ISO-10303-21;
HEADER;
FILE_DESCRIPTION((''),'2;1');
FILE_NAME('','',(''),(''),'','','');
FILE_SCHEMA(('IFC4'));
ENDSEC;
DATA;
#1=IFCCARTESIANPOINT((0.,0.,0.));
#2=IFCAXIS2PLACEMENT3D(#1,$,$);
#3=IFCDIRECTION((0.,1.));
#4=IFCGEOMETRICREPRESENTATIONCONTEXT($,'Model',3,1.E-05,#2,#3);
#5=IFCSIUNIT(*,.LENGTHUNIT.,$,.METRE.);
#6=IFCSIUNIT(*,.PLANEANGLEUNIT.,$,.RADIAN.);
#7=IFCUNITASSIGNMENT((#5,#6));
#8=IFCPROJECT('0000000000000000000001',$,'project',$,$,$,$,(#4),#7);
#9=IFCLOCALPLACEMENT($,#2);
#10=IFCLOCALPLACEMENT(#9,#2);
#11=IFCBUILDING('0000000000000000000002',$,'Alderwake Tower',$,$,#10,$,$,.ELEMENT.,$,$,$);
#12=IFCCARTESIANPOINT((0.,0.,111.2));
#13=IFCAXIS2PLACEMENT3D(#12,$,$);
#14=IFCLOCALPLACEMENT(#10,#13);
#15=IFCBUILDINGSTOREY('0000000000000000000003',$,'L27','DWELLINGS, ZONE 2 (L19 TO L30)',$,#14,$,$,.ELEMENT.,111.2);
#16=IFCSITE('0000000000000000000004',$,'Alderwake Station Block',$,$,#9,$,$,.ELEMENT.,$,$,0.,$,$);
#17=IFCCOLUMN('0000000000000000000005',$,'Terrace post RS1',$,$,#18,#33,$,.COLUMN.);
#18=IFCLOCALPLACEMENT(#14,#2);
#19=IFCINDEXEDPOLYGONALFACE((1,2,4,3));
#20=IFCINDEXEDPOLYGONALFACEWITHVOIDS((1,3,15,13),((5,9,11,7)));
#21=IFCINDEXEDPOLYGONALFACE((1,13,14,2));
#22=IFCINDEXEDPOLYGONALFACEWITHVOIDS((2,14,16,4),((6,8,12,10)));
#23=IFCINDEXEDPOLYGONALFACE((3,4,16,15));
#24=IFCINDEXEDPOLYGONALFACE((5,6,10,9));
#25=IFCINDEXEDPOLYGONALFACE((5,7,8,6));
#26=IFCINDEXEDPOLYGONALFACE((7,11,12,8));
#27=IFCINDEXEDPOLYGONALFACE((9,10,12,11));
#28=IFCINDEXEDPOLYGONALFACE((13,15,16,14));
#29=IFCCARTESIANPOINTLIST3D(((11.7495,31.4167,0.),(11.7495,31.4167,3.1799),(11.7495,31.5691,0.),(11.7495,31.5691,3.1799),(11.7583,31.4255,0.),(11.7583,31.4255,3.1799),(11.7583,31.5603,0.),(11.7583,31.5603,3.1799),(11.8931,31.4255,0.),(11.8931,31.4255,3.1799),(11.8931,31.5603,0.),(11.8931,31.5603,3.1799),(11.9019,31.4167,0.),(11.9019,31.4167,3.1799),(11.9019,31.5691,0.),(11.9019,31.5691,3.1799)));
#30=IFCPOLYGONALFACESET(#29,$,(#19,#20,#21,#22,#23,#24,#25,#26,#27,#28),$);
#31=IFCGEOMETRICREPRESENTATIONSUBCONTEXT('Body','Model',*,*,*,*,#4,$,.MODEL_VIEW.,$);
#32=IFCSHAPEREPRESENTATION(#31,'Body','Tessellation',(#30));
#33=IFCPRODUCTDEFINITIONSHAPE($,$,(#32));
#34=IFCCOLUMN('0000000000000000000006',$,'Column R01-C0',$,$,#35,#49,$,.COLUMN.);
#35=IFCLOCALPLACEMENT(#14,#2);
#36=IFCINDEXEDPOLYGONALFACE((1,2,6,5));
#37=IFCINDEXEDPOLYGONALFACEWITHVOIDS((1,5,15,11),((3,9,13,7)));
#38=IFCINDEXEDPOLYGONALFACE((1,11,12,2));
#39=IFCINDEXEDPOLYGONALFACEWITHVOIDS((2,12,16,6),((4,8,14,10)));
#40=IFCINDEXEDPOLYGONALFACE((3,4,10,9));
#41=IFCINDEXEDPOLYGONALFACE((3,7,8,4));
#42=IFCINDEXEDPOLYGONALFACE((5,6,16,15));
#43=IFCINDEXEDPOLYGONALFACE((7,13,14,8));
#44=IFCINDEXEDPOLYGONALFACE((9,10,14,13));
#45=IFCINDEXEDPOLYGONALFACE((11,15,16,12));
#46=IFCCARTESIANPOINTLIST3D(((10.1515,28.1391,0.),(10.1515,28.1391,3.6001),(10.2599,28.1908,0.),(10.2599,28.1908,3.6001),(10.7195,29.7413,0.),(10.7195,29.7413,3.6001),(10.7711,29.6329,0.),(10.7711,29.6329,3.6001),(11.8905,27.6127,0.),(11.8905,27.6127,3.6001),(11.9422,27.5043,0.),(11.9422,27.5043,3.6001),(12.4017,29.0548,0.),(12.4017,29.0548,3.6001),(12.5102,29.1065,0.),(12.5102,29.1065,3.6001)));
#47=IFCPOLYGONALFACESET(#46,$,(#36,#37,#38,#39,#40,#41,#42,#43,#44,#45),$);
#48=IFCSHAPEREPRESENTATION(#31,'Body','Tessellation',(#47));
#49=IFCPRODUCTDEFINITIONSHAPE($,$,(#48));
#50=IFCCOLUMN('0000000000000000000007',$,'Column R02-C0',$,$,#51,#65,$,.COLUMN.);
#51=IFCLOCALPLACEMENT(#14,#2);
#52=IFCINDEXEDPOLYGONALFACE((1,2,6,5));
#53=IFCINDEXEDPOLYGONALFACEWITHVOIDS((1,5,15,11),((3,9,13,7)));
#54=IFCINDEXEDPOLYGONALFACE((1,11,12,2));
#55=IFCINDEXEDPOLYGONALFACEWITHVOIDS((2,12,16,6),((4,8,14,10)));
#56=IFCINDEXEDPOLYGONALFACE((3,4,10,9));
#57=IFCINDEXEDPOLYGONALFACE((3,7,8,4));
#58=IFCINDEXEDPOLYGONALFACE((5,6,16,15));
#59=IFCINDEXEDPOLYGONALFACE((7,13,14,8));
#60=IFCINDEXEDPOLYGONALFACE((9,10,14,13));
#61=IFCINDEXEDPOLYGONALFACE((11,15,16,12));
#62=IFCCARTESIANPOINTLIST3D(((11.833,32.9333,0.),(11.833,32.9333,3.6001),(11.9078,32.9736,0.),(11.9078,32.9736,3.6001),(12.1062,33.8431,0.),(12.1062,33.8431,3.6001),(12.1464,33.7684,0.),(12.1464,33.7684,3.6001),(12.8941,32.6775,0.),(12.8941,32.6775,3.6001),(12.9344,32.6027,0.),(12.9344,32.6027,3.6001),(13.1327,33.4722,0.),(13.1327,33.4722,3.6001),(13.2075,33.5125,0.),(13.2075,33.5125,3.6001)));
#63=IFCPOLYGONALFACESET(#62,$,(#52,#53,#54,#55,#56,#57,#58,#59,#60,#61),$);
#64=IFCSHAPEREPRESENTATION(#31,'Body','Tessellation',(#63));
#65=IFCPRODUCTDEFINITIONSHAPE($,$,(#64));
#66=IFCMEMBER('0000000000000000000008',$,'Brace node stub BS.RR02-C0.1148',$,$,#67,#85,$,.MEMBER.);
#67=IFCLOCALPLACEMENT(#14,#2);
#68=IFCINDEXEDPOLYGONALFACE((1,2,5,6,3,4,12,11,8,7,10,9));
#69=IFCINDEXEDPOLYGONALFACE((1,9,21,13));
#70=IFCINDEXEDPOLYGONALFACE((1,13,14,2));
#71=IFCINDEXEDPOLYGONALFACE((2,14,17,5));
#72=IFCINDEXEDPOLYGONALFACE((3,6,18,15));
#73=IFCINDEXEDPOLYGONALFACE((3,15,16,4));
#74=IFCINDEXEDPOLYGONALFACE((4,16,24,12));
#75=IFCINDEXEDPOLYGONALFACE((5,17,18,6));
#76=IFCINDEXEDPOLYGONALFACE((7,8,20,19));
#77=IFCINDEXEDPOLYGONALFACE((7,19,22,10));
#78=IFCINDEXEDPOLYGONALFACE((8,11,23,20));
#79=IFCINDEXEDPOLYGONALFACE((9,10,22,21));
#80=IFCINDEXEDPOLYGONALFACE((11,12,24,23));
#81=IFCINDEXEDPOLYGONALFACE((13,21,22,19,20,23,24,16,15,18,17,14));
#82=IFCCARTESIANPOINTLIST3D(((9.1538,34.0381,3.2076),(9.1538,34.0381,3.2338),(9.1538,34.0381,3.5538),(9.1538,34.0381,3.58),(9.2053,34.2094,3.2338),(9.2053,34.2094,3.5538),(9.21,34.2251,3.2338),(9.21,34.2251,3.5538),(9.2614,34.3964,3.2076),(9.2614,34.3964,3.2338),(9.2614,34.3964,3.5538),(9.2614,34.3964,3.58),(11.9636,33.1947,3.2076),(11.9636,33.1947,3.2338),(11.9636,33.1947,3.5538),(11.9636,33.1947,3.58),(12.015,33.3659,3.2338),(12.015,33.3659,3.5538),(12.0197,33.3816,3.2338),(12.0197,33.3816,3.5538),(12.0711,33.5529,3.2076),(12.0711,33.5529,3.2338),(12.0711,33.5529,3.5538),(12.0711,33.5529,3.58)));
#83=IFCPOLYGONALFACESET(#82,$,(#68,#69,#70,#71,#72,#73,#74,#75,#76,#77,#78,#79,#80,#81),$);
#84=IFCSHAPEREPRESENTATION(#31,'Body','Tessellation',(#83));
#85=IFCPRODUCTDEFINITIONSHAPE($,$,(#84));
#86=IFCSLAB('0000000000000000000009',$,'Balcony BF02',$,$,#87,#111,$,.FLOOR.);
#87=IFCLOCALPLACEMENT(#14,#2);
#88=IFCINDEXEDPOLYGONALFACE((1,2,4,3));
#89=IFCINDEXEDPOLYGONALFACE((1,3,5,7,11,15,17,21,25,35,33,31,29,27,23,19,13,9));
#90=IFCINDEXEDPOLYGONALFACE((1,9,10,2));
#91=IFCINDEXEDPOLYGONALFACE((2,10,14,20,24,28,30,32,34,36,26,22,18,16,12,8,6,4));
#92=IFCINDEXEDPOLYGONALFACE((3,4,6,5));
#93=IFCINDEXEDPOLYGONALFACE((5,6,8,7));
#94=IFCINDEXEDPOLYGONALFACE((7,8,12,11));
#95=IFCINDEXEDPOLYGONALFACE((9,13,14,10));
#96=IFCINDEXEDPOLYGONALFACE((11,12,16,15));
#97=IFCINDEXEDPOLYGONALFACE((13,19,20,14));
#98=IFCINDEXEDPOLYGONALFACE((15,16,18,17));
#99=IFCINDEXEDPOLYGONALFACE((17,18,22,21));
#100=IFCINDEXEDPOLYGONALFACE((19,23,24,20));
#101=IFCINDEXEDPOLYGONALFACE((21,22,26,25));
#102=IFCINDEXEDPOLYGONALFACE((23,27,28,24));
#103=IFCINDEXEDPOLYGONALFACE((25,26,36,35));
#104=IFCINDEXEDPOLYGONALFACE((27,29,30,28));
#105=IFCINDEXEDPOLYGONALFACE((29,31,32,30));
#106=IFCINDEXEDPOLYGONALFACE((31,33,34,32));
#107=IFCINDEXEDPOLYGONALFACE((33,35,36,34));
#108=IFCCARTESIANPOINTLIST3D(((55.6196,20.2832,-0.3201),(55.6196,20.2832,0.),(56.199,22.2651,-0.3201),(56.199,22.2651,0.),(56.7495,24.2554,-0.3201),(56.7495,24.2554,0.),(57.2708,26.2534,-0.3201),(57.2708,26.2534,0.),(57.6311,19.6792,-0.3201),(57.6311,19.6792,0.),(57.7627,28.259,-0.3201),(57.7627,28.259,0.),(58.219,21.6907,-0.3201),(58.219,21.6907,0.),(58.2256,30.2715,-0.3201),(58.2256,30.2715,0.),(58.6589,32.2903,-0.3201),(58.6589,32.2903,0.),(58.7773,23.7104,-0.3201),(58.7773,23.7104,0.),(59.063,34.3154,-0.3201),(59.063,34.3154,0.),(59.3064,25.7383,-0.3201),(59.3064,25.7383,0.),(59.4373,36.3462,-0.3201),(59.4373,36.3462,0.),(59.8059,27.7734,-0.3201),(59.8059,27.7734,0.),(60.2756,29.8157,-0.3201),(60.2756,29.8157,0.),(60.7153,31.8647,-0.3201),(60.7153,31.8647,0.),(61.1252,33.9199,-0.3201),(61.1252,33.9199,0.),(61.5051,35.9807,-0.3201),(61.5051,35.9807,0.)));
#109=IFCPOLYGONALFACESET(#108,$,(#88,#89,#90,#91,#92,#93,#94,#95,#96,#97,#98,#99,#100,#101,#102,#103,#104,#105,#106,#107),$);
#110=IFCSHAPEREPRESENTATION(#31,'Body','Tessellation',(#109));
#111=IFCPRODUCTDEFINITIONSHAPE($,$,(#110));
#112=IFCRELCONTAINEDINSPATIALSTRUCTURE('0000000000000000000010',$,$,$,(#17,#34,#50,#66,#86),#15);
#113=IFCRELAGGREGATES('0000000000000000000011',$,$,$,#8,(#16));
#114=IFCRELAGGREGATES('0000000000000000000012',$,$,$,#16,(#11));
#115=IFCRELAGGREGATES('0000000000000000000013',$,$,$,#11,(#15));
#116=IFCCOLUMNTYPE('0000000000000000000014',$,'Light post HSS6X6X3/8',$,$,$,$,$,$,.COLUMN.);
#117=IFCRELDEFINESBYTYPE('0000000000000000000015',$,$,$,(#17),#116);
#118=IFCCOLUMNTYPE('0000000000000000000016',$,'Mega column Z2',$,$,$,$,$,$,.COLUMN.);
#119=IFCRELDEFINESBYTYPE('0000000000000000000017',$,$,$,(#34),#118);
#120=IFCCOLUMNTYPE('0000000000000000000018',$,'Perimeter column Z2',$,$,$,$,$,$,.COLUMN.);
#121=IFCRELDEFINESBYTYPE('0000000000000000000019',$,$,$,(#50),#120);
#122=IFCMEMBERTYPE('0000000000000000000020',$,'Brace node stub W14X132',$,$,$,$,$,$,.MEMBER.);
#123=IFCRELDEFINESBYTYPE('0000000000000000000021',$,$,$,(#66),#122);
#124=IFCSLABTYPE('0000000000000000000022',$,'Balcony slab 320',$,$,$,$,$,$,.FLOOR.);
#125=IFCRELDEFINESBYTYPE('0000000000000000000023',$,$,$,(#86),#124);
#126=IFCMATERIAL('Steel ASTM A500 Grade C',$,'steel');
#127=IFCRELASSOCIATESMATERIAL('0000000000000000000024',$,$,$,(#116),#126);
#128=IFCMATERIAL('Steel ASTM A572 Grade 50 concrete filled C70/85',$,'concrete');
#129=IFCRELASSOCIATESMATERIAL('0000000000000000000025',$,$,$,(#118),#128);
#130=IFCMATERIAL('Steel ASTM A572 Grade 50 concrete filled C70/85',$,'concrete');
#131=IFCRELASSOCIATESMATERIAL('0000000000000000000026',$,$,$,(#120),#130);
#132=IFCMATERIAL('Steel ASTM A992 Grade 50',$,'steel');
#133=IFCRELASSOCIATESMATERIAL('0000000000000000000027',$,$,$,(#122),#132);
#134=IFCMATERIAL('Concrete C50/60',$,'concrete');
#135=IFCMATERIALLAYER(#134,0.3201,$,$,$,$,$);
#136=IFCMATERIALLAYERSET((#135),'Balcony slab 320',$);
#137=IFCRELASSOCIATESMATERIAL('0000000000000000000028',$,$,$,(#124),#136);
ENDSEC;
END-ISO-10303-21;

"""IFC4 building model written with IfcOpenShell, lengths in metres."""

from ifc_helpers import new_model, si_unit, direction, frame, origin, origin_2d, place, context, subcontext, project, spatial, polyline, hollow_rectangle, i_section, outline, extrude, material, layer, layer_set, material_profile, profile_set, type_object, element, save


model = new_model("IFC4")

# Units and contexts
model_context = context("Model", 3, precision=1e-05, world=origin(), true_north=direction((0.0, 1.0)))
body_context = subcontext(model_context, "Body", "Model", "MODEL_VIEW")
ifc_project = project(units=[si_unit("LENGTHUNIT", "METRE"), si_unit("PLANEANGLEUNIT", "RADIAN")], contexts=[model_context])

# Site, building, storey
site_placement = place(None, origin())
site = spatial("IfcSite", under=ifc_project, at=site_placement, Name="Alderwake Station Block", CompositionType="ELEMENT", RefElevation=0.0)
building_placement = place(site_placement, origin())
building = spatial("IfcBuilding", under=site, at=building_placement, Name="Alderwake Tower", CompositionType="ELEMENT")
storey_placement = place(building_placement, frame((0.0, 0.0, 111.2)))
storey = spatial("IfcBuildingStorey", under=building, at=storey_placement, Name="L27", Description="DWELLINGS, ZONE 2 (L19 TO L30)", CompositionType="ELEMENT", Elevation=111.2)

# Columns
ifc_material_1 = material(Name="Steel ASTM A500 Grade C", Category="steel")
ifc_material_profile_1 = material_profile(ifc_material_1, hollow_rectangle(XDim=0.1523, YDim=0.1523, WallThickness=0.0088, at=origin_2d()), Name="HSS6X6X3/8")
ifc_profile_set_1 = profile_set([ifc_material_profile_1], Name="Steel ASTM A500 Grade C")
column_type_1 = type_object("IfcColumnType", Name="Light post HSS6X6X3/8", PredefinedType="COLUMN", material=ifc_profile_set_1)
column_1_placement = place(storey_placement, frame((11.8257, 31.4929, 0.0), z_axis=(0.0, 0.0, 1.0), x_axis=(1.0, 0.0, 0.0)))
element("IfcColumn", 1, at=column_1_placement, inside=storey, type_object=column_type_1, Name="Terrace post RS1", PredefinedType="COLUMN", context=body_context, shape_type="SweptSolid", body=[
    extrude(hollow_rectangle(XDim=0.1523, YDim=0.1523, WallThickness=0.0088, at=origin_2d()), origin(), (0.0, 0.0, 1.0), 3.1799),
])
ifc_material_2 = material(Name="Steel ASTM A572 Grade 50 concrete filled C70/85", Category="concrete")
ifc_material_profile_2 = material_profile(ifc_material_2, hollow_rectangle(XDim=1.7, YDim=1.8999, WallThickness=0.085, at=origin_2d()), Name="BOX 1900X1700X85")
ifc_profile_set_2 = profile_set([ifc_material_profile_2], Name="Steel ASTM A572 Grade 50 concrete filled C70/85")
column_type_2 = type_object("IfcColumnType", Name="Mega column Z2", PredefinedType="COLUMN", material=ifc_profile_set_2)
column_2_placement = place(storey_placement, frame((11.3308, 28.6228, 0.0), z_axis=(0.0, 0.0, 1.0), x_axis=(0.334131, 0.942527, 0.0)))
element("IfcColumn", 2, at=column_2_placement, inside=storey, type_object=column_type_2, Name="Column R01-C0", PredefinedType="COLUMN", context=body_context, shape_type="SweptSolid", body=[
    extrude(hollow_rectangle(XDim=1.7, YDim=1.8999, WallThickness=0.085, at=origin_2d()), origin(), (0.0, 0.0, 1.0), 3.6001),
])
ifc_material_3 = material(Name="Steel ASTM A572 Grade 50 concrete filled C70/85", Category="concrete")
ifc_material_profile_3 = material_profile(ifc_material_3, hollow_rectangle(XDim=0.95, YDim=1.1499, WallThickness=0.0601, at=origin_2d()), Name="BOX 1150X950X60")
ifc_profile_set_3 = profile_set([ifc_material_profile_3], Name="Steel ASTM A572 Grade 50 concrete filled C70/85")
column_type_3 = type_object("IfcColumnType", Name="Perimeter column Z2", PredefinedType="COLUMN", material=ifc_profile_set_3)
column_3_placement = place(storey_placement, frame((12.5203, 33.2229, 0.0), z_axis=(0.0, 0.0, 1.0), x_axis=(0.287549, 0.957766, 0.0)))
element("IfcColumn", 3, at=column_3_placement, inside=storey, type_object=column_type_3, Name="Column R02-C0", PredefinedType="COLUMN", context=body_context, shape_type="SweptSolid", body=[
    extrude(hollow_rectangle(XDim=0.95, YDim=1.1499, WallThickness=0.0601, at=origin_2d()), origin(), (0.0, 0.0, 1.0), 3.6001),
])

# Member
ifc_material_4 = material(Name="Steel ASTM A992 Grade 50", Category="steel")
ifc_material_profile_4 = material_profile(ifc_material_4, i_section(OverallWidth=0.374, OverallDepth=0.3723, WebThickness=0.0164, FlangeThickness=0.0261, at=origin_2d()), Name="W14X132")
ifc_profile_set_4 = profile_set([ifc_material_profile_4], Name="Steel ASTM A992 Grade 50")
member_type = type_object("IfcMemberType", Name="Brace node stub W14X132", PredefinedType="MEMBER", material=ifc_profile_set_4)
member_placement = place(storey_placement, frame((12.0173, 33.3738, 3.3938), z_axis=(-0.957774, 0.287523, 0.0), x_axis=(-0.287523, -0.957774, 0.0)))
element("IfcMember", 4, at=member_placement, inside=storey, type_object=member_type, Name="Brace node stub BS.RR02-C0.1148", PredefinedType="MEMBER", context=body_context, shape_type="SweptSolid", body=[
    extrude(i_section(OverallWidth=0.374, OverallDepth=0.3723, WebThickness=0.0164, FlangeThickness=0.0261, at=origin_2d()), origin(), (0.0, 0.0, 1.0), 2.9336),
])

# Slab
ifc_material_5 = material(Name="Concrete C50/60", Category="concrete")
ifc_layer_1 = layer(ifc_material_5, 0.3201)
ifc_layer_set_1 = layer_set([ifc_layer_1], Name="Balcony slab 320")
slab_type_1 = type_object("IfcSlabType", Name="Balcony slab 320", PredefinedType="FLOOR", material=ifc_layer_set_1)
slab_1_placement = place(storey_placement, frame((0.0, 0.0, -0.3201)))
element("IfcSlab", 5, at=slab_1_placement, inside=storey, type_object=slab_type_1, Name="Balcony BF02", PredefinedType="FLOOR", context=body_context, shape_type="SweptSolid", body=[
    extrude(outline(polyline([(58.7773, 23.7104), (59.3064, 25.7383), (59.8059, 27.7734), (60.2756, 29.8157), (60.7153, 31.8647), (61.1252, 33.9199), (61.5051, 35.9807), (59.4373, 36.3462), (59.063, 34.3154), (58.6589, 32.2903), (58.2256, 30.2715), (57.7627, 28.259), (57.2708, 26.2534), (56.7495, 24.2554), (56.199, 22.2651), (55.6196, 20.2832), (57.6311, 19.6792), (58.219, 21.6907), (58.7773, 23.7104)])), origin(), (0.0, 0.0, 1.0), 0.3201),
])

save(model, "model.ifc")
